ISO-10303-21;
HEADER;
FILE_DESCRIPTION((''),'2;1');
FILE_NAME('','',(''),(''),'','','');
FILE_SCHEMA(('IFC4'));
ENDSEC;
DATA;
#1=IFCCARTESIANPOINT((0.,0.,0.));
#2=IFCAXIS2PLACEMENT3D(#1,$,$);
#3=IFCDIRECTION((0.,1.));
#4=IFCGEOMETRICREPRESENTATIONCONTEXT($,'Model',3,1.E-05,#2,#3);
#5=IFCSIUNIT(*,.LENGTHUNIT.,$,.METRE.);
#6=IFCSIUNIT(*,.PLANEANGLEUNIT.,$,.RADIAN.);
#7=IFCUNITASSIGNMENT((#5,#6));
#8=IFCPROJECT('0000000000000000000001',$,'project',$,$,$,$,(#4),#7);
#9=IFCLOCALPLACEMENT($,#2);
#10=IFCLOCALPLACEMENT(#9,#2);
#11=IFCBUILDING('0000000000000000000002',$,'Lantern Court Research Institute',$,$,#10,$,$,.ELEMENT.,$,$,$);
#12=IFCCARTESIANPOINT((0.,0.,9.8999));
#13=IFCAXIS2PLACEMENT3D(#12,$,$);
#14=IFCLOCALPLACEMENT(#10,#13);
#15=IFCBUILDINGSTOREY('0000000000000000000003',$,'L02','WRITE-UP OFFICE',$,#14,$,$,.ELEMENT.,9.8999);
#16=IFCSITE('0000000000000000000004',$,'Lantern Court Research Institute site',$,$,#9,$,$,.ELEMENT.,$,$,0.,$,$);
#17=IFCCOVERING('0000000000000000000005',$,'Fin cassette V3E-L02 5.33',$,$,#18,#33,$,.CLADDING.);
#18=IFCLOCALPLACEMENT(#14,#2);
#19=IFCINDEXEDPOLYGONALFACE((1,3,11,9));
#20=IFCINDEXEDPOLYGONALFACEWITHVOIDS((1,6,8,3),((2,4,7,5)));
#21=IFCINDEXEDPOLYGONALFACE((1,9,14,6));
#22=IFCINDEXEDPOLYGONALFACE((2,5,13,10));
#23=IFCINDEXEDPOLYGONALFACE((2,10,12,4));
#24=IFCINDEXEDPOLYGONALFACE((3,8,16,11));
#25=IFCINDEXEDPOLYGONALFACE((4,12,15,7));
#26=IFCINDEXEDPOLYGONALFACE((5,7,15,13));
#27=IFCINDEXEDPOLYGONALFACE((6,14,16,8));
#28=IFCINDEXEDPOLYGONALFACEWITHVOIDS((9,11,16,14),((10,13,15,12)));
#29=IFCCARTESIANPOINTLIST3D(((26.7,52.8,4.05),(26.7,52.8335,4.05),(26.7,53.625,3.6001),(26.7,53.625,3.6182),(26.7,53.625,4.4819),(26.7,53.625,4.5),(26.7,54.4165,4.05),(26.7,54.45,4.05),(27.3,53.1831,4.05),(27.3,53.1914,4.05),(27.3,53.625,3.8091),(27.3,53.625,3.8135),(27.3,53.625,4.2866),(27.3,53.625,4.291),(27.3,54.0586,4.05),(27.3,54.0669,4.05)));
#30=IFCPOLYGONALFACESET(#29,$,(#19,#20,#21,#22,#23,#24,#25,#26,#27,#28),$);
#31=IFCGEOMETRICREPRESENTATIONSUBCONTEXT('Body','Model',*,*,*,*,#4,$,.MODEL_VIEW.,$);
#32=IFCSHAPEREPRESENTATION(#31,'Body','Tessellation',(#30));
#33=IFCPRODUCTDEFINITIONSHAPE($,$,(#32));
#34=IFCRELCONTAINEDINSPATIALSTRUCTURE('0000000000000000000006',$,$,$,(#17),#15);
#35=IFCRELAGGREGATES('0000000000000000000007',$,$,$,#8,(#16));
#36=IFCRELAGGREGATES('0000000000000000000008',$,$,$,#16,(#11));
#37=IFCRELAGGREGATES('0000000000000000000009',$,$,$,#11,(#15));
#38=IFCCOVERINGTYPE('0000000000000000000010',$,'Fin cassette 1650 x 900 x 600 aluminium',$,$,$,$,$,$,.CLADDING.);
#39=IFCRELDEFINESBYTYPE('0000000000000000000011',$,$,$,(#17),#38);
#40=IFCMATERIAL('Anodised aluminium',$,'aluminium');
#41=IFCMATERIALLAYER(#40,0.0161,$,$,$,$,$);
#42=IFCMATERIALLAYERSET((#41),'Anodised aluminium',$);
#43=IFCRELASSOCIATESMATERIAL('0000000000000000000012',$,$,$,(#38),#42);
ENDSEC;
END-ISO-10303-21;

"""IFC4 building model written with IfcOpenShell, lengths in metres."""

from ifc_helpers import new_model, entity, si_unit, direction, frame, origin, place, context, subcontext, project, spatial, material, layer, layer_set, type_object, element, save


model = new_model("IFC4")

# Units and contexts
model_context = context("Model", 3, precision=1e-05, world=origin(), true_north=direction((0.0, 1.0)))
body_context = subcontext(model_context, "Body", "Model", "MODEL_VIEW")
ifc_project = project(units=[si_unit("LENGTHUNIT", "METRE"), si_unit("PLANEANGLEUNIT", "RADIAN")], contexts=[model_context])

# Site, building, storey
site_placement = place(None, origin())
site = spatial("IfcSite", under=ifc_project, at=site_placement, Name="Lantern Court Research Institute site", CompositionType="ELEMENT", RefElevation=0.0)
building_placement = place(site_placement, origin())
building = spatial("IfcBuilding", under=site, at=building_placement, Name="Lantern Court Research Institute", CompositionType="ELEMENT")
storey_placement = place(building_placement, frame((0.0, 0.0, 9.8999)))
storey = spatial("IfcBuildingStorey", under=building, at=storey_placement, Name="L02", Description="WRITE-UP OFFICE", CompositionType="ELEMENT", Elevation=9.8999)

# Covering
ifc_material_1 = material(Name="Anodised aluminium", Category="aluminium")
ifc_layer_1 = layer(ifc_material_1, 0.0161)
ifc_layer_set_1 = layer_set([ifc_layer_1], Name="Anodised aluminium")
covering_type = type_object("IfcCoveringType", Name="Fin cassette 1650 x 900 x 600 aluminium", PredefinedType="CLADDING", material=ifc_layer_set_1)
covering_1_placement = place(storey_placement, frame((26.7, 53.625, 4.05), z_axis=(1.0, 0.0, 0.0), x_axis=(0.0, 1.0, 0.0)))
cartesian_point_1 = entity("IfcCartesianPoint", [0.825, 0.0])
cartesian_point_2 = entity("IfcCartesianPoint", [0.7915, 0.0])
cartesian_point_3 = entity("IfcCartesianPoint", [0.4419, 0.0])
cartesian_point_4 = entity("IfcCartesianPoint", [0.4336, 0.0])
element("IfcCovering", 1, at=covering_1_placement, inside=storey, type_object=covering_type, Name="Fin cassette V3E-L02 5.33", PredefinedType="CLADDING", context=body_context, shape_type="SweptSolid", body=[
    entity("IfcExtrudedAreaSolidTapered", entity("IfcArbitraryProfileDefWithVoids", "AREA", None, entity("IfcPolyline", [cartesian_point_1, entity("IfcCartesianPoint", [0.0, 0.45]), entity("IfcCartesianPoint", [-0.825, 0.0]), entity("IfcCartesianPoint", [0.0, -0.45]), cartesian_point_1]), [entity("IfcPolyline", [cartesian_point_2, entity("IfcCartesianPoint", [0.0, 0.4319]), entity("IfcCartesianPoint", [-0.7915, 0.0]), entity("IfcCartesianPoint", [0.0, -0.4319]), cartesian_point_2])]), entity("IfcAxis2Placement3D", entity("IfcCartesianPoint", [0.0, 0.0, 0.0])), entity("IfcDirection", [0.0, 0.0, 1.0]), 0.6001, entity("IfcArbitraryProfileDefWithVoids", "AREA", None, entity("IfcPolyline", [cartesian_point_3, entity("IfcCartesianPoint", [0.0, 0.241]), entity("IfcCartesianPoint", [-0.4419, 0.0]), entity("IfcCartesianPoint", [0.0, -0.241]), cartesian_point_3]), [entity("IfcPolyline", [cartesian_point_4, entity("IfcCartesianPoint", [0.0, 0.2366]), entity("IfcCartesianPoint", [-0.4336, 0.0]), entity("IfcCartesianPoint", [0.0, -0.2366]), cartesian_point_4])])),
])

save(model, "model.ifc")
